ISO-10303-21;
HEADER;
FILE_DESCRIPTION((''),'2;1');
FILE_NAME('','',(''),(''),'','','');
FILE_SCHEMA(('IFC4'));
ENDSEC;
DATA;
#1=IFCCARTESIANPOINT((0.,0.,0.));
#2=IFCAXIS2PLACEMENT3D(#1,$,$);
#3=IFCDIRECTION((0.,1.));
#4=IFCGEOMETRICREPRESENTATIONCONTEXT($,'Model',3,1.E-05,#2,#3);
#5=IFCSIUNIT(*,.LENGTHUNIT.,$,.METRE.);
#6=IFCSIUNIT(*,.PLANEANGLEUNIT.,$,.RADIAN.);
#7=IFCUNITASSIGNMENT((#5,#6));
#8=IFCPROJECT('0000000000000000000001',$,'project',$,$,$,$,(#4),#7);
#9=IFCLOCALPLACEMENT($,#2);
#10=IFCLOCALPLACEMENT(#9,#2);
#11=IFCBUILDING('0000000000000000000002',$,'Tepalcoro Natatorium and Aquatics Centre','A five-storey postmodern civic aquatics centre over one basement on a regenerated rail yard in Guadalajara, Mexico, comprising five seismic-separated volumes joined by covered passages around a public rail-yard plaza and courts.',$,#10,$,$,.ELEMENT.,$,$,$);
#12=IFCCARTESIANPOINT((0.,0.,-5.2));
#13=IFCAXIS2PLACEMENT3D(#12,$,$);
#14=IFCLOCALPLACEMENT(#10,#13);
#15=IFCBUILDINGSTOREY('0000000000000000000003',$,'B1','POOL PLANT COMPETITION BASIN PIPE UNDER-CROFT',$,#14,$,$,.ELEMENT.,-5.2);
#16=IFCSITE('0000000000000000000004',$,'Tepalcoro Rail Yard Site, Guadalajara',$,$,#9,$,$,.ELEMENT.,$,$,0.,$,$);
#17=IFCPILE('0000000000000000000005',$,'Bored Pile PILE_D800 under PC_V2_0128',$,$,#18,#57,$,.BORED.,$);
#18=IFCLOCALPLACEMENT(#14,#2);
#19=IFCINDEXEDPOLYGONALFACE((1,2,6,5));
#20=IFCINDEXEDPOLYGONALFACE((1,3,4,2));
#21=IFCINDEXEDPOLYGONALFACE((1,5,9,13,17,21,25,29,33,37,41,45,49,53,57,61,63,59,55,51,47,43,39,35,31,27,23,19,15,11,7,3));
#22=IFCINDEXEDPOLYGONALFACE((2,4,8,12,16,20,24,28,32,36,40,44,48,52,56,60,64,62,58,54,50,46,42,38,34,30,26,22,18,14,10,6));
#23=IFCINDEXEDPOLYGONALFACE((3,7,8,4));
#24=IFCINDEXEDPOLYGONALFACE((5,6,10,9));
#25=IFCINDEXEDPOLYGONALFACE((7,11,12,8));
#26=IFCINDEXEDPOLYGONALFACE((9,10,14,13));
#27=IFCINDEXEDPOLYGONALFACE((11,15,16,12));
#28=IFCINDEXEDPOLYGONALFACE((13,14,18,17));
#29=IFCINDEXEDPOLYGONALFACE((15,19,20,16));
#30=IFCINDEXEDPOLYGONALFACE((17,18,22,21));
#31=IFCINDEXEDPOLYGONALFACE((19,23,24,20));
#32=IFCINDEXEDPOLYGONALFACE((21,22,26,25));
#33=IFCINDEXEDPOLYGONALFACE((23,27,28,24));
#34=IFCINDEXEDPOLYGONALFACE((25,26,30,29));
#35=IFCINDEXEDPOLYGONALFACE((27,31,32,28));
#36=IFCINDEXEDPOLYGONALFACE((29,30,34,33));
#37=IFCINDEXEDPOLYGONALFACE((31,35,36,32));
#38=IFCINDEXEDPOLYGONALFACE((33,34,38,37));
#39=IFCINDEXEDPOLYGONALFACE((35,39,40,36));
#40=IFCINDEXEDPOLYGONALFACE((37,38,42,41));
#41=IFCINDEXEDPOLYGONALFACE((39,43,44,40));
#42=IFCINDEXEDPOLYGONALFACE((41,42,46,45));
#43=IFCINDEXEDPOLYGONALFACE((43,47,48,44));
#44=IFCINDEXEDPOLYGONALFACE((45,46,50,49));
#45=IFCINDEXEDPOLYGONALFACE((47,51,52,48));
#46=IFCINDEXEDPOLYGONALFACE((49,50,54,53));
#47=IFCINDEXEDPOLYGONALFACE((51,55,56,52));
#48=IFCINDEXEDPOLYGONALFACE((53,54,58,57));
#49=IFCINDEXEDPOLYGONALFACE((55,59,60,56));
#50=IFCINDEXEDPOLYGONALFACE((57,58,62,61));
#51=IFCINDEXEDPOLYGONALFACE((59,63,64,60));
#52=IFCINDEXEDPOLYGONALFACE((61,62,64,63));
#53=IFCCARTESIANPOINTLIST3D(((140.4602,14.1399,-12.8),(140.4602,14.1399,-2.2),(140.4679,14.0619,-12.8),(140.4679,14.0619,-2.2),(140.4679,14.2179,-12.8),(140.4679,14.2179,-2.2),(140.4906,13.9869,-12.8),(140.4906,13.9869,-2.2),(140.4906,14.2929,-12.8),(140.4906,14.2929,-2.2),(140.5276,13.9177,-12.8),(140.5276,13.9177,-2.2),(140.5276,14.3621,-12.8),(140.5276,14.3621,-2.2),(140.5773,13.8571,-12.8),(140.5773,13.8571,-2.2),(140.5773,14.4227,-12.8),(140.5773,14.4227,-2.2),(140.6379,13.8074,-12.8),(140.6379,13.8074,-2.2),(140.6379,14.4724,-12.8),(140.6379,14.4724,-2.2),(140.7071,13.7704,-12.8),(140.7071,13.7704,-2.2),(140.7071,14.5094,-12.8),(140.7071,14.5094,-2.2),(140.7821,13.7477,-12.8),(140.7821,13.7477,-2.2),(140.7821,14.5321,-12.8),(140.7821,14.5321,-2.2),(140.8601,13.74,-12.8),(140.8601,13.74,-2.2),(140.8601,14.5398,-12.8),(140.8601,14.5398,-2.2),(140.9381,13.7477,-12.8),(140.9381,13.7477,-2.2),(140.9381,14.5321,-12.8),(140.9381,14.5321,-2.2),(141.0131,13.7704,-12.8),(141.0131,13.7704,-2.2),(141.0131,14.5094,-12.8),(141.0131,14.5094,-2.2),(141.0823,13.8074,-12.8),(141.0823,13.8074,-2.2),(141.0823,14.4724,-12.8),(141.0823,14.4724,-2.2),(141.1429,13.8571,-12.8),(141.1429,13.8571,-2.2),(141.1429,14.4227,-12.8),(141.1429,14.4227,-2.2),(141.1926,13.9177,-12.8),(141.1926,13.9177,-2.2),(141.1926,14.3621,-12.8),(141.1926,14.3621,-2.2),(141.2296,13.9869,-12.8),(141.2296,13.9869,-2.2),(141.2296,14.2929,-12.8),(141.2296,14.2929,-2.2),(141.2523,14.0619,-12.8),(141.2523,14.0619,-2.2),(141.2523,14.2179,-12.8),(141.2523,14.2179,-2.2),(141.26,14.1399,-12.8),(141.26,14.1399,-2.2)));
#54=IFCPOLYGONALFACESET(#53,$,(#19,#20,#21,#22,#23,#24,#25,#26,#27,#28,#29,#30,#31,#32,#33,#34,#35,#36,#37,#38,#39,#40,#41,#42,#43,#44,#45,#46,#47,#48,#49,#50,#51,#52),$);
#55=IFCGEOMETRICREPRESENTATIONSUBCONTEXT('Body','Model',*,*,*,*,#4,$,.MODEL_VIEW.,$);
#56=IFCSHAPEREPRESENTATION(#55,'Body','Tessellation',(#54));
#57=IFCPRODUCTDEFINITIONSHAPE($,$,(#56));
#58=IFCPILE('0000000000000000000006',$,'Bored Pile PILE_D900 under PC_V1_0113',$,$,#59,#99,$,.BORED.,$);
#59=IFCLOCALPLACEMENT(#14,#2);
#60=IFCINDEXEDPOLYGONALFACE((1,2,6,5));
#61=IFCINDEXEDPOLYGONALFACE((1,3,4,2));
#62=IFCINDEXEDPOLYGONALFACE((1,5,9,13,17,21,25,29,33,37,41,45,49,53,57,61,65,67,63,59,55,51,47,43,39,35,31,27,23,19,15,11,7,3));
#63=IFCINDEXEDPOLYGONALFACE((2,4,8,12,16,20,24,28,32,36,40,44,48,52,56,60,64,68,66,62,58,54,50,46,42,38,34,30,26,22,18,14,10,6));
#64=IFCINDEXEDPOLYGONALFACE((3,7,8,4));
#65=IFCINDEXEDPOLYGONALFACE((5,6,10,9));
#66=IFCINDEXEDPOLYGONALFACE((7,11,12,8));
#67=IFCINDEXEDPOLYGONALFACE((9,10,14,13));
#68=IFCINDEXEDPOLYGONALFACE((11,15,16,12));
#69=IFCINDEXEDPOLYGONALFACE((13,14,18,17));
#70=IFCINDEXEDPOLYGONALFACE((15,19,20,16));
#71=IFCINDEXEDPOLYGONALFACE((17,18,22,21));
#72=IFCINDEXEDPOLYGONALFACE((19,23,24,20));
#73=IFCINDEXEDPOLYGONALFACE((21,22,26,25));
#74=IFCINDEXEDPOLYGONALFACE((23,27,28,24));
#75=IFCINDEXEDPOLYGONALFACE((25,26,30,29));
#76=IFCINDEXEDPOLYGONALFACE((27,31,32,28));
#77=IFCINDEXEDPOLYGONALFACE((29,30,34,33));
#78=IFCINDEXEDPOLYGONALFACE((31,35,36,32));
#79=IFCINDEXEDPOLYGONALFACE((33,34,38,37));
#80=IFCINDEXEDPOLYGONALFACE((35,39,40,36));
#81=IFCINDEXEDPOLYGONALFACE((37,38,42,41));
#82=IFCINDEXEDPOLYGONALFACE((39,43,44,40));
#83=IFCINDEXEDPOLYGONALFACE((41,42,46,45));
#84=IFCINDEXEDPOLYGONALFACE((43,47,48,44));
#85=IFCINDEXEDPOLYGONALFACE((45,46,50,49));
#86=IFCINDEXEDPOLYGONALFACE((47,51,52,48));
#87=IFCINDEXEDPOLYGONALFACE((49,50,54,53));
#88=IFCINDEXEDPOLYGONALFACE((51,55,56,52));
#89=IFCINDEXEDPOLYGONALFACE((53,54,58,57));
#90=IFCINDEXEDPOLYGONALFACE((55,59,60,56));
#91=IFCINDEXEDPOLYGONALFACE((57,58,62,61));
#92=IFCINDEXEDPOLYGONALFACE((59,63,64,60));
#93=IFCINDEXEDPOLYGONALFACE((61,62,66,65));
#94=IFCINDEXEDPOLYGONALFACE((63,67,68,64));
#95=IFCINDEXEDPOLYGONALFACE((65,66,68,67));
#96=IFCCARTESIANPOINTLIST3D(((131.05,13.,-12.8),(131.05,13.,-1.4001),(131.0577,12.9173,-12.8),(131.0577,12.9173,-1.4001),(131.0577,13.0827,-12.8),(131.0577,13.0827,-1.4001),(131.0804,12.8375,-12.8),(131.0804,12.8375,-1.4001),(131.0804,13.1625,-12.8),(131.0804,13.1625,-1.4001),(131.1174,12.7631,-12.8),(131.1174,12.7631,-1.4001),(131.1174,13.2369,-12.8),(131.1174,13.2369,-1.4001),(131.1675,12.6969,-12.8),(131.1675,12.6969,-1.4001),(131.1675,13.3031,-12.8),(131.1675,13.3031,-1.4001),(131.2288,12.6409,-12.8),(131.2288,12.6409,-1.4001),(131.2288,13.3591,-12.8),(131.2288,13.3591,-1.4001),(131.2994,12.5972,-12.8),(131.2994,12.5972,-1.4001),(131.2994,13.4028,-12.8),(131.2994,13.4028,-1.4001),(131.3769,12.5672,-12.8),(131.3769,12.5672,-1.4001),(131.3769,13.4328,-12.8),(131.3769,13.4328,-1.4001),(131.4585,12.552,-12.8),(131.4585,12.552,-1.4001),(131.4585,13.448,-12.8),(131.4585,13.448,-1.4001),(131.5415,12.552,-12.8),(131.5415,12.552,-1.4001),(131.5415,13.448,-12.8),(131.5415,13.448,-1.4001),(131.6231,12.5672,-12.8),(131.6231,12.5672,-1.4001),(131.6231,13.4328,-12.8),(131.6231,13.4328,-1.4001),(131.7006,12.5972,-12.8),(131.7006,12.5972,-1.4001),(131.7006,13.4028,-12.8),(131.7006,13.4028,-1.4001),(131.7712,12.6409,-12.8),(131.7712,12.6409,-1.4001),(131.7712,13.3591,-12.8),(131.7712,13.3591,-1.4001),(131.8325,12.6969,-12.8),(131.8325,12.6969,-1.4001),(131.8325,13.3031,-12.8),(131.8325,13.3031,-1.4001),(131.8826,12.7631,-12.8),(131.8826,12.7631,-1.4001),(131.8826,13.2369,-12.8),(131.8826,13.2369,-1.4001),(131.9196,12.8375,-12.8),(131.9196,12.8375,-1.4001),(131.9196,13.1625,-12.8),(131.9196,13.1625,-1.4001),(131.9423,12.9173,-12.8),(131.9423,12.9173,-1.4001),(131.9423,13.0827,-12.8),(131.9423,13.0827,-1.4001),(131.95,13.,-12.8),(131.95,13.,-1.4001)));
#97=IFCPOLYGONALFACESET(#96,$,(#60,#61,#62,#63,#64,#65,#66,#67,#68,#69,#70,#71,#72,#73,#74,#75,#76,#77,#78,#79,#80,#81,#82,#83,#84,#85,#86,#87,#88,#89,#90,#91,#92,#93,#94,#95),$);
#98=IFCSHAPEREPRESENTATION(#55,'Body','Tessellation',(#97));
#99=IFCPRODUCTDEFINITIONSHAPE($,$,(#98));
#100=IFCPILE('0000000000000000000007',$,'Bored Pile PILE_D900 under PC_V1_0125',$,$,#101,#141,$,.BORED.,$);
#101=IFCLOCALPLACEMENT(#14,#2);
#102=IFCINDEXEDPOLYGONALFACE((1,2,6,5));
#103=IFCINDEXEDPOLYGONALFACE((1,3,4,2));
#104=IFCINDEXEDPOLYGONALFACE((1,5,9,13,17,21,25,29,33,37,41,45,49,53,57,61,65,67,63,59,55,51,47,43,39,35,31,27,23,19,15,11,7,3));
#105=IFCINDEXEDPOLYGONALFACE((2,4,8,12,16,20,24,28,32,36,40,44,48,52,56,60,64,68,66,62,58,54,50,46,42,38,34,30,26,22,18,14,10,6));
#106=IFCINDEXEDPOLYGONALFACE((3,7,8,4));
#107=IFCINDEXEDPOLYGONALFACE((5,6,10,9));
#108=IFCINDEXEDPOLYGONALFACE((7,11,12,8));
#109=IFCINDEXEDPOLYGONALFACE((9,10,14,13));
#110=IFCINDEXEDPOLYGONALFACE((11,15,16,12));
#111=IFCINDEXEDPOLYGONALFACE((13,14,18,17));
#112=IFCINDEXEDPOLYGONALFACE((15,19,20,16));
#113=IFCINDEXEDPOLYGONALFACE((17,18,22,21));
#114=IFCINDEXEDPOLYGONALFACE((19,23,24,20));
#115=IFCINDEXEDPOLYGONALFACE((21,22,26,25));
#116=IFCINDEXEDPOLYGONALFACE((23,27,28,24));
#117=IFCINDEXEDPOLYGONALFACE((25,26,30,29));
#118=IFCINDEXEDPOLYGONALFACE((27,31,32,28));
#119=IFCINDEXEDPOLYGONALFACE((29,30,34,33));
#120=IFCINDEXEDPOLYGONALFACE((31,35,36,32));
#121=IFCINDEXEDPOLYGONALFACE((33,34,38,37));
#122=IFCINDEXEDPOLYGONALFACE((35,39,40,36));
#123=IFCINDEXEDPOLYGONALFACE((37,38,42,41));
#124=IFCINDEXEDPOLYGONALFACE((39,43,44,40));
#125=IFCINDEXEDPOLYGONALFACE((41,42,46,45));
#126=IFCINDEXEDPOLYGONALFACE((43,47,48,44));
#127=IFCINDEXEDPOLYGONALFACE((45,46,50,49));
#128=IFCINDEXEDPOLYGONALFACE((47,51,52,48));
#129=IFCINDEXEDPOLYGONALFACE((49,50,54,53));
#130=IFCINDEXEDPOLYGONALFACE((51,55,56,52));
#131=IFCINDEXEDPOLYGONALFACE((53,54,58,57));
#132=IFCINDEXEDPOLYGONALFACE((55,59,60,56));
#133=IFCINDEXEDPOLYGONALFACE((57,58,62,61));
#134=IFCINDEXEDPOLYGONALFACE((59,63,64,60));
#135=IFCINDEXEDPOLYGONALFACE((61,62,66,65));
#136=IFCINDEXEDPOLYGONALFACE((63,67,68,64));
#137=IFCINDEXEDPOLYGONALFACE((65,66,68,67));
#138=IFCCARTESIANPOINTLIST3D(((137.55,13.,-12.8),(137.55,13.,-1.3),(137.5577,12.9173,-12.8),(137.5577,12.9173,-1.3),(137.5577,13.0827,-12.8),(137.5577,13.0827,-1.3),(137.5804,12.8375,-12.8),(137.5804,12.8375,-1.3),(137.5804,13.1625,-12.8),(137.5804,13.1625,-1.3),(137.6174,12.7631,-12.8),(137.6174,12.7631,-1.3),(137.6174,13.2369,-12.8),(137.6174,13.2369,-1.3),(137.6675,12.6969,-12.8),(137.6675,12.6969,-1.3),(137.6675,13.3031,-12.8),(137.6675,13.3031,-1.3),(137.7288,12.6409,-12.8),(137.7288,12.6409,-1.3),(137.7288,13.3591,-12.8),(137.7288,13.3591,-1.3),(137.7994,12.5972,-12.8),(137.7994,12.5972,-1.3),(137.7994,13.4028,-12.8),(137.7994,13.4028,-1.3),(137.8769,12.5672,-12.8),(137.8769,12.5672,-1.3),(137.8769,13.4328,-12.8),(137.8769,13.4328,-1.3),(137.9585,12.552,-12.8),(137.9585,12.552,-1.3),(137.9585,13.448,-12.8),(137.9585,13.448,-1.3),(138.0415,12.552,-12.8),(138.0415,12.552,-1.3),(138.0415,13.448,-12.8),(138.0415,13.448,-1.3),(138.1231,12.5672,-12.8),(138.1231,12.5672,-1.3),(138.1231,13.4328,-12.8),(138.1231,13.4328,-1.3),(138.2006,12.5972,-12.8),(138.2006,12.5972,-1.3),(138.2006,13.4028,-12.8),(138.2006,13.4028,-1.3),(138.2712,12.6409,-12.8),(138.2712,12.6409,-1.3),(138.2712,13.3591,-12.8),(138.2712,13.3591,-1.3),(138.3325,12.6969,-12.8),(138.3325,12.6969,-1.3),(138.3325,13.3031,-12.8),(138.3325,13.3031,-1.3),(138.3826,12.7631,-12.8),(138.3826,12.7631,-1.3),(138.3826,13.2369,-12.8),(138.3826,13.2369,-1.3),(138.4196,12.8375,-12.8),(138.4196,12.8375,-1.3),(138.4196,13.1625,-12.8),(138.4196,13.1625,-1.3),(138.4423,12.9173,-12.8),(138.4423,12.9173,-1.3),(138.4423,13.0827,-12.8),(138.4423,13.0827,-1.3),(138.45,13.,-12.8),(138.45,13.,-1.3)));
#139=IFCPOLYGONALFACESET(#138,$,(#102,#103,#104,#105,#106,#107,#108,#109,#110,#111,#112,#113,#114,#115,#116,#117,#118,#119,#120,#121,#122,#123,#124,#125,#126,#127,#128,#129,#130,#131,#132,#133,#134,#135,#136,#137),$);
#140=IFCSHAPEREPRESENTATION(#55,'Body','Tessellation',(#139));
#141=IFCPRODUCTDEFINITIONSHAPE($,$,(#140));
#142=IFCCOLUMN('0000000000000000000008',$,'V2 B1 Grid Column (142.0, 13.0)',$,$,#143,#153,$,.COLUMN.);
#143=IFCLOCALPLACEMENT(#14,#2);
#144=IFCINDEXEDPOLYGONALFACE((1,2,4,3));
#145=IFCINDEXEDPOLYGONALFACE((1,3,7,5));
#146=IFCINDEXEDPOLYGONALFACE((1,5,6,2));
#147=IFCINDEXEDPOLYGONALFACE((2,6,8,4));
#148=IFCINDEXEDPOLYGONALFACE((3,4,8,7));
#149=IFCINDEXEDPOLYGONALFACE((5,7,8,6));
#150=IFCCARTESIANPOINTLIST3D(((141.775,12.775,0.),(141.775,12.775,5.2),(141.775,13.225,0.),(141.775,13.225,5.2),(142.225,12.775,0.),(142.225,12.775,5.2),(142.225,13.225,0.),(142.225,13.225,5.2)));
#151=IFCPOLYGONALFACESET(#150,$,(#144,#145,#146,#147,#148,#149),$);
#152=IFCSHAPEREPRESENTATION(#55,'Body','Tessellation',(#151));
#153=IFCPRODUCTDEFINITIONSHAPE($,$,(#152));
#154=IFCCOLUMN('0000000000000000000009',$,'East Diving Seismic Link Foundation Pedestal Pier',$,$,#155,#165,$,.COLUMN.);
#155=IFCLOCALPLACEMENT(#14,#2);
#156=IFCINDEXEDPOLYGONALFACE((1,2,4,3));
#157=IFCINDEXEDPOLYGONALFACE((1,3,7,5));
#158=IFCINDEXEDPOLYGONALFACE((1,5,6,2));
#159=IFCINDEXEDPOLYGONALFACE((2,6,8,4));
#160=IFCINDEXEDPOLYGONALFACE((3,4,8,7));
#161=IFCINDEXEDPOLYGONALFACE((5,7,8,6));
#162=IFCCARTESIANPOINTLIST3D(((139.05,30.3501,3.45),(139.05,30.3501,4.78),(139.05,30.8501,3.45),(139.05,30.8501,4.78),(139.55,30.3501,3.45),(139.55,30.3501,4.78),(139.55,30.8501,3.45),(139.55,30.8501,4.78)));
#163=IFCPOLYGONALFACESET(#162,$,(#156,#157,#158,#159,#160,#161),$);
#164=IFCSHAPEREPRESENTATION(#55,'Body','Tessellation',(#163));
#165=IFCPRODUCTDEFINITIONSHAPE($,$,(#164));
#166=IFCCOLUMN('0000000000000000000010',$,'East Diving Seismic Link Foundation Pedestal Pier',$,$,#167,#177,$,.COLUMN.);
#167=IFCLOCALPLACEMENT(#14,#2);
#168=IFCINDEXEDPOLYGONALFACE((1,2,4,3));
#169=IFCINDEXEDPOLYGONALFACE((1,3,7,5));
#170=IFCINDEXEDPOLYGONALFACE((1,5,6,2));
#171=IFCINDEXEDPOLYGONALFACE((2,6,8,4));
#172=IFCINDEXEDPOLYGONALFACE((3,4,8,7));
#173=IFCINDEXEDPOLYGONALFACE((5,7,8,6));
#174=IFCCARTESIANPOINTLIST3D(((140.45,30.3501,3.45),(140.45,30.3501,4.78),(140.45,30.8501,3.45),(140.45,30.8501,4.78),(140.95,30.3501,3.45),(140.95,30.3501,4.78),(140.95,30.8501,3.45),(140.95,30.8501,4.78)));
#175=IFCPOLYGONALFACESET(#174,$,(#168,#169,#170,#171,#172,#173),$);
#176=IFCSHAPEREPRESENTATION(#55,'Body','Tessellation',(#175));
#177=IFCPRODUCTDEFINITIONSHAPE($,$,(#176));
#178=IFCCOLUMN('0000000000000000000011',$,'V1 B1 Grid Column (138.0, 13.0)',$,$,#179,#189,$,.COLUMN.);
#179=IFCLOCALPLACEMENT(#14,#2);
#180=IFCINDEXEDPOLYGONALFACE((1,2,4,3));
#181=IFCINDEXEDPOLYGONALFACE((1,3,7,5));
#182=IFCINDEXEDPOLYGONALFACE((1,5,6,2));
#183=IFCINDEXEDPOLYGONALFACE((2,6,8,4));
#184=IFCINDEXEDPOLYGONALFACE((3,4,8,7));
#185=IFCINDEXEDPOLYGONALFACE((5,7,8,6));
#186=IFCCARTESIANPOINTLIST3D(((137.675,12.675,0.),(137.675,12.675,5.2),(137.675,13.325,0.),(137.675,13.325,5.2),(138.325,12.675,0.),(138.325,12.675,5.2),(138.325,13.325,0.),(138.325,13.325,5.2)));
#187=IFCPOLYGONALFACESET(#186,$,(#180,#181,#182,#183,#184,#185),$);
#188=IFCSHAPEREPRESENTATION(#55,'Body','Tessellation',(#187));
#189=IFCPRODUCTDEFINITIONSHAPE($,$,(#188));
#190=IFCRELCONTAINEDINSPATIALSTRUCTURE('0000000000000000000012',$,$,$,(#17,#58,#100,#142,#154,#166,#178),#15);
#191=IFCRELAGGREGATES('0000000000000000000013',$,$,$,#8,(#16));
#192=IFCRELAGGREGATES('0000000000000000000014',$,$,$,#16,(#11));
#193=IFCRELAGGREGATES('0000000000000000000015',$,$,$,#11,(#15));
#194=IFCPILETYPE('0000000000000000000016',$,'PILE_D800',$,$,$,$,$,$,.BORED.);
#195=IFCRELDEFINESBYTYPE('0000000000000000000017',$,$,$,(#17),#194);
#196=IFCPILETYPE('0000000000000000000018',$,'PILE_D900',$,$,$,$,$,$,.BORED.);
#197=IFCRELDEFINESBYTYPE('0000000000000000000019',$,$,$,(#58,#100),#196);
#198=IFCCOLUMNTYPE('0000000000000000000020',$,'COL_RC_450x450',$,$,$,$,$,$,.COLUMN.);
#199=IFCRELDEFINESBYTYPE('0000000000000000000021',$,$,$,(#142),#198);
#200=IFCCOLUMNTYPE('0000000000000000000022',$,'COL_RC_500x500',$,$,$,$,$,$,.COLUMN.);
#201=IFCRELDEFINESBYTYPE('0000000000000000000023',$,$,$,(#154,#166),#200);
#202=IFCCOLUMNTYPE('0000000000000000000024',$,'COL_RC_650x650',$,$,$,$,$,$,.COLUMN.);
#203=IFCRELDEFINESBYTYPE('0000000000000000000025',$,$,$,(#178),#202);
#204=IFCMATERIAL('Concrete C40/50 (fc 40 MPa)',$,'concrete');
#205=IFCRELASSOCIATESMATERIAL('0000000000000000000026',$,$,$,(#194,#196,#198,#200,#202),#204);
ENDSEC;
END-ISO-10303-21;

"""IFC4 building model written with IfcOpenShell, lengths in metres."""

from ifc_helpers import new_model, si_unit, direction, frame, origin, origin_2d, place, context, subcontext, project, spatial, rectangle, circle, extrude, material, material_profile, profile_set, type_object, element, save


model = new_model("IFC4")

# Units and contexts
model_context = context("Model", 3, precision=1e-05, world=origin(), true_north=direction((0.0, 1.0)))
body_context = subcontext(model_context, "Body", "Model", "MODEL_VIEW")
ifc_project = project(units=[si_unit("LENGTHUNIT", "METRE"), si_unit("PLANEANGLEUNIT", "RADIAN")], contexts=[model_context])

# Site, building, storey
site_placement = place(None, origin())
site = spatial("IfcSite", under=ifc_project, at=site_placement, Name="Tepalcoro Rail Yard Site, Guadalajara", CompositionType="ELEMENT", RefElevation=0.0)
building_placement = place(site_placement, origin())
building = spatial("IfcBuilding", under=site, at=building_placement, Name="Tepalcoro Natatorium and Aquatics Centre", Description="A five-storey postmodern civic aquatics centre over one basement on a regenerated rail yard in Guadalajara, Mexico, comprising five seismic-separated volumes joined by covered passages around a public rail-yard plaza and courts.", CompositionType="ELEMENT")
storey_placement = place(building_placement, frame((0.0, 0.0, -5.2)))
storey = spatial("IfcBuildingStorey", under=building, at=storey_placement, Name="B1", Description="POOL PLANT COMPETITION BASIN PIPE UNDER-CROFT", CompositionType="ELEMENT", Elevation=-5.2)

# Piles
ifc_material = material(Name="Concrete C40/50 (fc 40 MPa)", Category="concrete")
ifc_material_profile_1 = material_profile(ifc_material, circle(Radius=0.3999, at=origin_2d()), Name="PILE_D800")
ifc_profile_set_1 = profile_set([ifc_material_profile_1], Name="Concrete C40/50 (fc 40 MPa)")
pile_type_1 = type_object("IfcPileType", Name="PILE_D800", PredefinedType="BORED", material=ifc_profile_set_1)
pile_1_placement = place(storey_placement, frame((140.8601, 14.1399, -2.2), z_axis=(0.0, 0.0, -1.0), x_axis=(1.0, 0.0, 0.0)))
element("IfcPile", 1, at=pile_1_placement, inside=storey, type_object=pile_type_1, Name="Bored Pile PILE_D800 under PC_V2_0128", PredefinedType="BORED", context=body_context, shape_type="SweptSolid", body=[
    extrude(circle(Radius=0.3999, at=origin_2d()), origin(), (0.0, 0.0, 1.0), 10.6001),
])
ifc_material_profile_2 = material_profile(ifc_material, circle(Radius=0.45, at=origin_2d()), Name="PILE_D900")
ifc_profile_set_2 = profile_set([ifc_material_profile_2], Name="Concrete C40/50 (fc 40 MPa)")
pile_type_2 = type_object("IfcPileType", Name="PILE_D900", PredefinedType="BORED", material=ifc_profile_set_2)
pile_2_placement = place(storey_placement, frame((131.5, 13.0, -1.4001), z_axis=(0.0, 0.0, -1.0), x_axis=(1.0, 0.0, 0.0)))
element("IfcPile", 2, at=pile_2_placement, inside=storey, type_object=pile_type_2, Name="Bored Pile PILE_D900 under PC_V1_0113", PredefinedType="BORED", context=body_context, shape_type="SweptSolid", body=[
    extrude(circle(Radius=0.45, at=origin_2d()), origin(), (0.0, 0.0, 1.0), 11.3999),
])
pile_3_placement = place(storey_placement, frame((138.0, 13.0, -1.3), z_axis=(0.0, 0.0, -1.0), x_axis=(1.0, 0.0, 0.0)))
element("IfcPile", 3, at=pile_3_placement, inside=storey, type_object=pile_type_2, Name="Bored Pile PILE_D900 under PC_V1_0125", PredefinedType="BORED", context=body_context, shape_type="SweptSolid", body=[
    extrude(circle(Radius=0.45, at=origin_2d()), origin(), (0.0, 0.0, 1.0), 11.5),
])

# Columns
ifc_material_profile_3 = material_profile(ifc_material, rectangle(XDim=0.45, YDim=0.45, at=origin_2d()), Name="RC450x450")
ifc_profile_set_3 = profile_set([ifc_material_profile_3], Name="Concrete C40/50 (fc 40 MPa)")
column_type_1 = type_object("IfcColumnType", Name="COL_RC_450x450", PredefinedType="COLUMN", material=ifc_profile_set_3)
column_1_placement = place(storey_placement, frame((142.0, 13.0, 0.0), z_axis=(0.0, 0.0, 1.0), x_axis=(1.0, 0.0, 0.0)))
element("IfcColumn", 4, at=column_1_placement, inside=storey, type_object=column_type_1, Name="V2 B1 Grid Column (142.0, 13.0)", PredefinedType="COLUMN", context=body_context, shape_type="SweptSolid", body=[
    extrude(rectangle(XDim=0.45, YDim=0.45, at=origin_2d()), origin(), (0.0, 0.0, 1.0), 5.2),
])
ifc_material_profile_4 = material_profile(ifc_material, rectangle(XDim=0.5, YDim=0.5, at=origin_2d()), Name="RC500x500")
ifc_profile_set_4 = profile_set([ifc_material_profile_4], Name="Concrete C40/50 (fc 40 MPa)")
column_type_2 = type_object("IfcColumnType", Name="COL_RC_500x500", PredefinedType="COLUMN", material=ifc_profile_set_4)
for number, where, z_axis, x_axis, name in (
    (5, (139.3, 30.6001, 3.45), (0.0, 0.0, 1.0), (1.0, 0.0, 0.0), "East Diving Seismic Link Foundation Pedestal Pier"),
    (6, (140.7, 30.6001, 3.45), (0.0, 0.0, 1.0), (1.0, 0.0, 0.0), "East Diving Seismic Link Foundation Pedestal Pier"),
):
    element("IfcColumn", number, at=place(storey_placement, frame(where, z_axis=z_axis, x_axis=x_axis)), inside=storey, type_object=column_type_2, Name=name, PredefinedType="COLUMN", context=body_context, shape_type="SweptSolid", body=[
        extrude(rectangle(XDim=0.5, YDim=0.5, at=origin_2d()), origin(), (0.0, 0.0, 1.0), 1.3301),
    ])
ifc_material_profile_5 = material_profile(ifc_material, rectangle(XDim=0.6499, YDim=0.6499, at=origin_2d()), Name="RC650x650")
ifc_profile_set_5 = profile_set([ifc_material_profile_5], Name="Concrete C40/50 (fc 40 MPa)")
column_type_3 = type_object("IfcColumnType", Name="COL_RC_650x650", PredefinedType="COLUMN", material=ifc_profile_set_5)
column_2_placement = place(storey_placement, frame((138.0, 13.0, 0.0), z_axis=(0.0, 0.0, 1.0), x_axis=(1.0, 0.0, 0.0)))
element("IfcColumn", 7, at=column_2_placement, inside=storey, type_object=column_type_3, Name="V1 B1 Grid Column (138.0, 13.0)", PredefinedType="COLUMN", context=body_context, shape_type="SweptSolid", body=[
    extrude(rectangle(XDim=0.6499, YDim=0.6499, at=origin_2d()), origin(), (0.0, 0.0, 1.0), 5.2),
])

save(model, "model.ifc")
